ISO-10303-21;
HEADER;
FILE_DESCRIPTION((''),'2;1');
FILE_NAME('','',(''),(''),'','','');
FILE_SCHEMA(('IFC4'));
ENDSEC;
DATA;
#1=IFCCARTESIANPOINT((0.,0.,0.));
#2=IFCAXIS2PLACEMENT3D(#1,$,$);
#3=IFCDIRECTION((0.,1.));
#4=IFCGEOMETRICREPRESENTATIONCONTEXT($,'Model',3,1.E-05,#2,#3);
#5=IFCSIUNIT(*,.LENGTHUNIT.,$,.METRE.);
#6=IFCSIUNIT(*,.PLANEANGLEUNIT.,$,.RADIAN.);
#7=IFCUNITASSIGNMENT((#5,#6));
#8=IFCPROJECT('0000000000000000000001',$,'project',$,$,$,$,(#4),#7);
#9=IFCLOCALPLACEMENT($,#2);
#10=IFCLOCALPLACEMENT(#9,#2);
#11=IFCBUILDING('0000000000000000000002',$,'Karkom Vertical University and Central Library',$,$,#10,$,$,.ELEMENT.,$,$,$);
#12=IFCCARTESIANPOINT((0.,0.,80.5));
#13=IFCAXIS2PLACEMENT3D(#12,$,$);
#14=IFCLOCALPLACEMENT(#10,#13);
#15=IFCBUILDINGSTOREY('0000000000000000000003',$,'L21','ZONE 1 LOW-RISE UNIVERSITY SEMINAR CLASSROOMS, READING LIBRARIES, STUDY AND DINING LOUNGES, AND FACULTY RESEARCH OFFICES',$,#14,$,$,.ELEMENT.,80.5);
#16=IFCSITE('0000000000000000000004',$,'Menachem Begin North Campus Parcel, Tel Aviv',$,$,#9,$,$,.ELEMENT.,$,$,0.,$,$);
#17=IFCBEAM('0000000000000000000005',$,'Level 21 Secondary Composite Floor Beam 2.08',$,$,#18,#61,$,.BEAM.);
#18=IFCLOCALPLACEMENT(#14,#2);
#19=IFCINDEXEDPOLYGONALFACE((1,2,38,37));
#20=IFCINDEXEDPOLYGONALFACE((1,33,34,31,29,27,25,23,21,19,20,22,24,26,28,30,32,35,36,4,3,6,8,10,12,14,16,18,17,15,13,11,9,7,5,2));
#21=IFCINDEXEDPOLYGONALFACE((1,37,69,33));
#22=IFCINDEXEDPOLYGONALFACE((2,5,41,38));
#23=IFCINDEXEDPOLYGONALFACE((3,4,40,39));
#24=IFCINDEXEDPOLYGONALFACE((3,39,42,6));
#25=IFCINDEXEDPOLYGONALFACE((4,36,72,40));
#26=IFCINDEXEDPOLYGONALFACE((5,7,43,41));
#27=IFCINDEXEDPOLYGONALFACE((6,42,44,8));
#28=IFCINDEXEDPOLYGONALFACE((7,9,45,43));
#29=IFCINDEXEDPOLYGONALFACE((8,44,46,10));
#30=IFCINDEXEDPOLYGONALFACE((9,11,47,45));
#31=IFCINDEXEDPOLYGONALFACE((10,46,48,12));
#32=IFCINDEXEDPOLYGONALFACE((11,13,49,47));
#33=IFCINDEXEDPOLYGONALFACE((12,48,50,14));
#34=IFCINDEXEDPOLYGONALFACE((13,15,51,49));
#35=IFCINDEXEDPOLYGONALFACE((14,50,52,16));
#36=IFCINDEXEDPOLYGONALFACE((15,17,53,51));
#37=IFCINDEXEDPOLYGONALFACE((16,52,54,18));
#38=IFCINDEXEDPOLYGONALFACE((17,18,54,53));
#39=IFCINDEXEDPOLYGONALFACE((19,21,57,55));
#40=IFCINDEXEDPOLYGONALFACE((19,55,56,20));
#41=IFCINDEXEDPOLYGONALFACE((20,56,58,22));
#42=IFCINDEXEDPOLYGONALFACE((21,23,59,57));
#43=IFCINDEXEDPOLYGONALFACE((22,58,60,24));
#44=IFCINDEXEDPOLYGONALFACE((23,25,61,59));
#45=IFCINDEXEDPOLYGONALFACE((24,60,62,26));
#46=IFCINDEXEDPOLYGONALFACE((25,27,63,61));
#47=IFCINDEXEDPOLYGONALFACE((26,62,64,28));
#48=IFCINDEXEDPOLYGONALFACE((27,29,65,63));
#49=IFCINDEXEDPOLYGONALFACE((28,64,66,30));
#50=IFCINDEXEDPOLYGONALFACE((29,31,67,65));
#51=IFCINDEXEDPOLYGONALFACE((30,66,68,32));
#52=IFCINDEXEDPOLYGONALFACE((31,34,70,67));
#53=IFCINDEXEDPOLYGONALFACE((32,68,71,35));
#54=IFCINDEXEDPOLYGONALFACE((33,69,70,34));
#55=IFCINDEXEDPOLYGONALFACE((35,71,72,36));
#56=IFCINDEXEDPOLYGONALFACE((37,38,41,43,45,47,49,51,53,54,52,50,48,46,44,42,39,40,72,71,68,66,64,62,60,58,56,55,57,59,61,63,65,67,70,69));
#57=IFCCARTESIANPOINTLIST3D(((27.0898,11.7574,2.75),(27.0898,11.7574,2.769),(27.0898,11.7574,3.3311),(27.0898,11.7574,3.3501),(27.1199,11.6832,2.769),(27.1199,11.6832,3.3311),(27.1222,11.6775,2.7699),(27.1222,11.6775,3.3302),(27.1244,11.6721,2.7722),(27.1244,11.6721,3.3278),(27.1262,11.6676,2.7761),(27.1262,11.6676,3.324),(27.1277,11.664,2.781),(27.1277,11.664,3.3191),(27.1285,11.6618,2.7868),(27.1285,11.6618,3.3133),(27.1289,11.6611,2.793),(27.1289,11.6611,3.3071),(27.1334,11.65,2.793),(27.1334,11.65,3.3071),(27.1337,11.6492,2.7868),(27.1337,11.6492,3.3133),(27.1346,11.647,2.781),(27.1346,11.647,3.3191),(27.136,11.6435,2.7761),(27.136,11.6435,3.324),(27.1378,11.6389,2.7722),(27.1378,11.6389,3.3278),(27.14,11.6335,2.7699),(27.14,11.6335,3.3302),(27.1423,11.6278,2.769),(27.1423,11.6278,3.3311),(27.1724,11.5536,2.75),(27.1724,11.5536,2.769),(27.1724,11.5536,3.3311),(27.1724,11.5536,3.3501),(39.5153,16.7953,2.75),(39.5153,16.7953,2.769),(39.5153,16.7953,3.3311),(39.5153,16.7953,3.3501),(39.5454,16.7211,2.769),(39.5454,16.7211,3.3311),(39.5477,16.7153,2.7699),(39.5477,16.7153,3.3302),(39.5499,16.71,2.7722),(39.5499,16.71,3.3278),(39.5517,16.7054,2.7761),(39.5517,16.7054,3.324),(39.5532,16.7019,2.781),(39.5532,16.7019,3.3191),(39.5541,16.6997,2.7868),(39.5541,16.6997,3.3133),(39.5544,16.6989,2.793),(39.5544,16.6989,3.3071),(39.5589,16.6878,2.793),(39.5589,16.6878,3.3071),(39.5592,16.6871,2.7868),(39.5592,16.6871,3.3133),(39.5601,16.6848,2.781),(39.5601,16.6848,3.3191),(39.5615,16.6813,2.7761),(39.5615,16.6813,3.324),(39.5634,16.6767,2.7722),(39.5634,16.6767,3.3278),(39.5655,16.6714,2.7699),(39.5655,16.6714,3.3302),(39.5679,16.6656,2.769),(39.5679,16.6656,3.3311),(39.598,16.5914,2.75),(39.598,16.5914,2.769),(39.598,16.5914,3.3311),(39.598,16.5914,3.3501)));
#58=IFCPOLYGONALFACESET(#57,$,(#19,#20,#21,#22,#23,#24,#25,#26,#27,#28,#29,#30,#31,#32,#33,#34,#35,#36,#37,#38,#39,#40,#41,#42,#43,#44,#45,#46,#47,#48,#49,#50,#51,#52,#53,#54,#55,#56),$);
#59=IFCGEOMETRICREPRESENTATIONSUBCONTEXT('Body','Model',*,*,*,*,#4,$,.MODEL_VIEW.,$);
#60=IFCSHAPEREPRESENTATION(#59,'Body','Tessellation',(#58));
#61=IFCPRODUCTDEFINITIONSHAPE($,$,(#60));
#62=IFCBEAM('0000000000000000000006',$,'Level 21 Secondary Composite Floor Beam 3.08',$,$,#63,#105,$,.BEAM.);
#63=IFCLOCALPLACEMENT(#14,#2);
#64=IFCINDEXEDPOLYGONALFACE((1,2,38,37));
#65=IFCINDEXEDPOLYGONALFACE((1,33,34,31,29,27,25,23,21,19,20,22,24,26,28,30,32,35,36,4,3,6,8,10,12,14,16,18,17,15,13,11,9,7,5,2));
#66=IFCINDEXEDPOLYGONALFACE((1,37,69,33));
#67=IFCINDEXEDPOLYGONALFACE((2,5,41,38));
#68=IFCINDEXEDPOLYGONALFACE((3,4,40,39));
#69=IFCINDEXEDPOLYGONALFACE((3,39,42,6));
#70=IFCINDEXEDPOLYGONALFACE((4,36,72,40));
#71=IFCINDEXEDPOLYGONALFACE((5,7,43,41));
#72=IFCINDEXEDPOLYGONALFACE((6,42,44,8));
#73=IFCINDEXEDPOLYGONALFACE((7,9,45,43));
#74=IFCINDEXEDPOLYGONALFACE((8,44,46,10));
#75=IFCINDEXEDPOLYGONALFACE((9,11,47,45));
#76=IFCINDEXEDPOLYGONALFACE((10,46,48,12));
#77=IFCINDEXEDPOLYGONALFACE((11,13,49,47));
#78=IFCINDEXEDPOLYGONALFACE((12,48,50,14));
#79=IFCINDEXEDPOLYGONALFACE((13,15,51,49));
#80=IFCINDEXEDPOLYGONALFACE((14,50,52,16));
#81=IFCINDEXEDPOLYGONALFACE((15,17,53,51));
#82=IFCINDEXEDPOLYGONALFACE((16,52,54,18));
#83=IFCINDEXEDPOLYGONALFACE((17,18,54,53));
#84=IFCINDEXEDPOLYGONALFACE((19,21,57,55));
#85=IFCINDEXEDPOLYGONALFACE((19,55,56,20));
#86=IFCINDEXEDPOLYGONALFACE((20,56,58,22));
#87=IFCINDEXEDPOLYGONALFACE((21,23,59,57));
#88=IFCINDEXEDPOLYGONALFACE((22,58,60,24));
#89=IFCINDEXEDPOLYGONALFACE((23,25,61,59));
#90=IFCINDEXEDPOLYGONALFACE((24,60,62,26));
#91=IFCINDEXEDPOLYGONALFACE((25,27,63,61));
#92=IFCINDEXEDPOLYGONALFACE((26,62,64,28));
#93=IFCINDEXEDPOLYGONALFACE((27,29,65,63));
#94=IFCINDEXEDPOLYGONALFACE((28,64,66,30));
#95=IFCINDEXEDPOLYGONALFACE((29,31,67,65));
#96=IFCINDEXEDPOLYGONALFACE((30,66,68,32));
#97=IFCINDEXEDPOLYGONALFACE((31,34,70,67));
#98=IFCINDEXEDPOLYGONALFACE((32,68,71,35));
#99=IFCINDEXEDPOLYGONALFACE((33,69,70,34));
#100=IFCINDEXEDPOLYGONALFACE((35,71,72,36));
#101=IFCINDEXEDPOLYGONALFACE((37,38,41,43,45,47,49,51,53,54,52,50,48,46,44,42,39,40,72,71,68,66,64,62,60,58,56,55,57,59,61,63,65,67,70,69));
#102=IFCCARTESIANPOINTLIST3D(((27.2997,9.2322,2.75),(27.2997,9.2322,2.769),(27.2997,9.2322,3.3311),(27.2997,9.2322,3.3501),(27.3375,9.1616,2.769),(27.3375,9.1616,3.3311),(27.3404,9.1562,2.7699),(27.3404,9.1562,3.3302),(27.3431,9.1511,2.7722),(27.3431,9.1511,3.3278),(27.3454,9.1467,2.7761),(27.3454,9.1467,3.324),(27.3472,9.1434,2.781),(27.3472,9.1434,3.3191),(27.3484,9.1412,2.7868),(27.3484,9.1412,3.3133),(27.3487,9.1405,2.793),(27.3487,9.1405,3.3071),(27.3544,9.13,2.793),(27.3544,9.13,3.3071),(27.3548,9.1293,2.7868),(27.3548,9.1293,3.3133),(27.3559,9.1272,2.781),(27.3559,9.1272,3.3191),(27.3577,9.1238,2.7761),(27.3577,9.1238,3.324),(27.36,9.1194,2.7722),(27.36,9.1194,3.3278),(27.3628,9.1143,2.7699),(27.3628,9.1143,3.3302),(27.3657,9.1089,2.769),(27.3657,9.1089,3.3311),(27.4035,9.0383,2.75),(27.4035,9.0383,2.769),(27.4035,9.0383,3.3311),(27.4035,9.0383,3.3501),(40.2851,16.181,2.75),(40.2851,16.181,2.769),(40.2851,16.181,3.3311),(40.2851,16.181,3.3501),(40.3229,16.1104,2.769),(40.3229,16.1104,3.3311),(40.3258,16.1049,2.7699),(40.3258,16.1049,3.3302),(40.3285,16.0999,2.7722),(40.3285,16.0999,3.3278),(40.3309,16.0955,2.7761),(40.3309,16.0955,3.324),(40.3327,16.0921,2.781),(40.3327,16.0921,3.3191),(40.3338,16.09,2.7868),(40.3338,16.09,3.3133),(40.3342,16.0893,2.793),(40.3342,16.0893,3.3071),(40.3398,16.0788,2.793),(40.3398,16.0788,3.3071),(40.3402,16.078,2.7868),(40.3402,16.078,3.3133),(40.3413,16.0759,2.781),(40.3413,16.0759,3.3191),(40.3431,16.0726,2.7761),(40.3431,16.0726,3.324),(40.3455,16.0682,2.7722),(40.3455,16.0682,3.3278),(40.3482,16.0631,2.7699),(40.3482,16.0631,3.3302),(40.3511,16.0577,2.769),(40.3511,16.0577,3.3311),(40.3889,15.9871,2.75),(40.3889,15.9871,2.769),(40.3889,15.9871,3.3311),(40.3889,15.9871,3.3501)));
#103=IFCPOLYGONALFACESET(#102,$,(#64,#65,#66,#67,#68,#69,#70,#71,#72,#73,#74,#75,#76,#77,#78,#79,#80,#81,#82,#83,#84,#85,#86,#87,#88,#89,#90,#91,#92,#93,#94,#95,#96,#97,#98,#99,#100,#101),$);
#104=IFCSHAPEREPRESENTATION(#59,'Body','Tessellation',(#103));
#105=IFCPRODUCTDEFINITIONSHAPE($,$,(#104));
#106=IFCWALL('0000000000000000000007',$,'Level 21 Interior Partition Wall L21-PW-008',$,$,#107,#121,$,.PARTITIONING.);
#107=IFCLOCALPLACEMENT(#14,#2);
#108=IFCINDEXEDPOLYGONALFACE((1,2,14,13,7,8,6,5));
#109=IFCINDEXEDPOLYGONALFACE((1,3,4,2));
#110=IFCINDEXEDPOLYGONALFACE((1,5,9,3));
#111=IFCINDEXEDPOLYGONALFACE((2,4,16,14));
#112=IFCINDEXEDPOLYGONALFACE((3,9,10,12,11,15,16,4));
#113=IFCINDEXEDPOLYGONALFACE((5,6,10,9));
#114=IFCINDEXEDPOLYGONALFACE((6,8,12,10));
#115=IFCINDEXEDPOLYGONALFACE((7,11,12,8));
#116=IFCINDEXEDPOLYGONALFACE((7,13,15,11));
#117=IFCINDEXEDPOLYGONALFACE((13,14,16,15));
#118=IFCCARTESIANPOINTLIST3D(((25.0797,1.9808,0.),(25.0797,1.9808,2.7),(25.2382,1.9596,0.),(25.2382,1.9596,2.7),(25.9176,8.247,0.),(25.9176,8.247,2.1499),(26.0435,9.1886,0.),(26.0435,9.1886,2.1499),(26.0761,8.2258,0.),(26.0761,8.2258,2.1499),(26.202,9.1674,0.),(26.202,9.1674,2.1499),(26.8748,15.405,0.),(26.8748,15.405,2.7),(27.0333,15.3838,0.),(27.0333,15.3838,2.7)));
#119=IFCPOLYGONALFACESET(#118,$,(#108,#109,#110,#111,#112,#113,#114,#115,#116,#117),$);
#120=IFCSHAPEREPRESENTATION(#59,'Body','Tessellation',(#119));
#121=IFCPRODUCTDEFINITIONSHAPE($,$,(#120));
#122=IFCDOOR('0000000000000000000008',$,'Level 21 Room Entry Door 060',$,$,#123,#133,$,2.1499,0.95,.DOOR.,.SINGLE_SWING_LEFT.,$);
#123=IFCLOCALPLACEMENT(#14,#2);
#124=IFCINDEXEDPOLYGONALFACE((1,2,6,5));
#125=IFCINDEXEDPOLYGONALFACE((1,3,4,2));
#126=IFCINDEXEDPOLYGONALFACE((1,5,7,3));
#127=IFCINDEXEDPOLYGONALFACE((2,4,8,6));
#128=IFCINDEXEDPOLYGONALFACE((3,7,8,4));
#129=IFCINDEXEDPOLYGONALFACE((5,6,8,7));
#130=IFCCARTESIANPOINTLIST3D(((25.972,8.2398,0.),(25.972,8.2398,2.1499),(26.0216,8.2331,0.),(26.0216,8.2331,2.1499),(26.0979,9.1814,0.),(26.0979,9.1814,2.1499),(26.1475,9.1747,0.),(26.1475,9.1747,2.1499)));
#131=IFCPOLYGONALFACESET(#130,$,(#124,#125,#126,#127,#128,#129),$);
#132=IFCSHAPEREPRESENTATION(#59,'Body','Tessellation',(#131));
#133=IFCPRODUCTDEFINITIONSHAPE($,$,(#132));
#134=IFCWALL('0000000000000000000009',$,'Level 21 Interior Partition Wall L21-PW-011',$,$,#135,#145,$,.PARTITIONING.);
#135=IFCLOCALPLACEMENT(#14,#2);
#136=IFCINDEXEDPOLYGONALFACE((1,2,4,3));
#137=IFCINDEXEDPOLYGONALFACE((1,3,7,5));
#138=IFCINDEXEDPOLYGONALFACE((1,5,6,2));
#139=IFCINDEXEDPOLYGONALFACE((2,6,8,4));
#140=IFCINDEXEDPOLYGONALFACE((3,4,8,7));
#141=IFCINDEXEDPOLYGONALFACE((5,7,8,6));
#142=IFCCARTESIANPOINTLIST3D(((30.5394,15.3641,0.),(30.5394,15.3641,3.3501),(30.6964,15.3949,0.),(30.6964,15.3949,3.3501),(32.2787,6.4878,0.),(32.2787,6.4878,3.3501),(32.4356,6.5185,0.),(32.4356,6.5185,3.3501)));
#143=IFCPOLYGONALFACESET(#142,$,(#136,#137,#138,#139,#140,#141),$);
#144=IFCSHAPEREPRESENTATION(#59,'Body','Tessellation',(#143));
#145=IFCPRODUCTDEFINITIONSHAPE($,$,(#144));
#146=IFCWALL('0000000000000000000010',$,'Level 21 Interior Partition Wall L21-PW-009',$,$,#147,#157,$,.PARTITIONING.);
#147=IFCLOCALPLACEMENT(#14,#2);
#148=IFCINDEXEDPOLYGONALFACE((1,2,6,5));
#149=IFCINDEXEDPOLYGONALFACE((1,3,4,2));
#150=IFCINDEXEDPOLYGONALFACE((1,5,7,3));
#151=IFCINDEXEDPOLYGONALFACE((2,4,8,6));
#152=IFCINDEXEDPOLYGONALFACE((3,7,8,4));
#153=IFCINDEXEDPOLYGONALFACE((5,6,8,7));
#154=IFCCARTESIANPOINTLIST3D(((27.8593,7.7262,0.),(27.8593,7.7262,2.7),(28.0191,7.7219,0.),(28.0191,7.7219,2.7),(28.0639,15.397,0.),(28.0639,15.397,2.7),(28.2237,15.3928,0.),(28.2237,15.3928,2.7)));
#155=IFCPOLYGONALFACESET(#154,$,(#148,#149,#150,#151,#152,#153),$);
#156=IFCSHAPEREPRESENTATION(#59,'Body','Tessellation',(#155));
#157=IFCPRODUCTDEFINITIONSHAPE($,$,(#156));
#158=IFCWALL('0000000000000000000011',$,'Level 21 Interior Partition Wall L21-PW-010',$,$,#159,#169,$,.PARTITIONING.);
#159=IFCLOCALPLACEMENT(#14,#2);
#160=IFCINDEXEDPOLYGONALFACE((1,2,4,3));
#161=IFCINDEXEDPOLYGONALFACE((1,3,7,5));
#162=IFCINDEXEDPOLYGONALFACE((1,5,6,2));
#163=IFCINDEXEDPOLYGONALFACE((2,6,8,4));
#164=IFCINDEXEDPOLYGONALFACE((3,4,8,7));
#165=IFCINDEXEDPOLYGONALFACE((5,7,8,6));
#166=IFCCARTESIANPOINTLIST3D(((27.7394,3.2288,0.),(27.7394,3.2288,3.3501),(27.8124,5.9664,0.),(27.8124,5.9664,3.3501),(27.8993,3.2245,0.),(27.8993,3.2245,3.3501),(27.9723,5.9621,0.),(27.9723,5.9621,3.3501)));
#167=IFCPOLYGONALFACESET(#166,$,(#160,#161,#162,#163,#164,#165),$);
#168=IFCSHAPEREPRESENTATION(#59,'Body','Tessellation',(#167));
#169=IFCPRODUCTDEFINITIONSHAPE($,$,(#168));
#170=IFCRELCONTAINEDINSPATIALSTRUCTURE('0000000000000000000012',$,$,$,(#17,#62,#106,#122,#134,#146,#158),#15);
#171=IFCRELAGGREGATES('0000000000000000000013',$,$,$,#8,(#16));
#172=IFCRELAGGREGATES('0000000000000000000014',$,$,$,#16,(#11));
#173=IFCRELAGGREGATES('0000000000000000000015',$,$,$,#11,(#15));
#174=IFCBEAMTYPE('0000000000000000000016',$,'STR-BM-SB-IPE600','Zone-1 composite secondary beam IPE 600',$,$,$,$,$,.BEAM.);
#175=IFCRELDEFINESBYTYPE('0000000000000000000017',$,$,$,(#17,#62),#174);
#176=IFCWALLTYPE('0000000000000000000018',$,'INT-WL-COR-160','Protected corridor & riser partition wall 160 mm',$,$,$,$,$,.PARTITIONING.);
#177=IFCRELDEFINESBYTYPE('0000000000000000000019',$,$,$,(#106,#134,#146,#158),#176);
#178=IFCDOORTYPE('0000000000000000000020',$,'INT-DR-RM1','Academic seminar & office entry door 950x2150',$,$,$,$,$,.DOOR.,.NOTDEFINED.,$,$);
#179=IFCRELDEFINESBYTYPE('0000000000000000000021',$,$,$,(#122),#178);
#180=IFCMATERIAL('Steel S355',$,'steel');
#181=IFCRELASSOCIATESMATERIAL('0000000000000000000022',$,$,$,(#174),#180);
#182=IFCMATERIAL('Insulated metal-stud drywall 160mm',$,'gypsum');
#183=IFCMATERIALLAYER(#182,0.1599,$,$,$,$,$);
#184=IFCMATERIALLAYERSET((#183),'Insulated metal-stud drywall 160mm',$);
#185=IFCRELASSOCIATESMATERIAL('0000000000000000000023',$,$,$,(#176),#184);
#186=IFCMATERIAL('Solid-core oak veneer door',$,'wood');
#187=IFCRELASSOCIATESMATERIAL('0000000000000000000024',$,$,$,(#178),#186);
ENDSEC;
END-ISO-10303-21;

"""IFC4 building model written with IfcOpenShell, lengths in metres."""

from ifc_helpers import new_model, si_unit, direction, frame, frame_2d, origin, origin_with_axes, origin_2d, place, context, subcontext, project, spatial, rectangle, i_section, extrude, source, transform, mapped, material, layer, layer_set, material_profile, profile_set, type_object, element, fill, save


model = new_model("IFC4")

# Units and contexts
model_context = context("Model", 3, precision=1e-05, world=origin(), true_north=direction((0.0, 1.0)))
body_context = subcontext(model_context, "Body", "Model", "MODEL_VIEW")
ifc_project = project(units=[si_unit("LENGTHUNIT", "METRE"), si_unit("PLANEANGLEUNIT", "RADIAN")], contexts=[model_context])

# Site, building, storey
site_placement = place(None, origin())
site = spatial("IfcSite", under=ifc_project, at=site_placement, Name="Menachem Begin North Campus Parcel, Tel Aviv", CompositionType="ELEMENT", RefElevation=0.0)
building_placement = place(site_placement, origin())
building = spatial("IfcBuilding", under=site, at=building_placement, Name="Karkom Vertical University and Central Library", CompositionType="ELEMENT")
storey_placement = place(building_placement, frame((0.0, 0.0, 80.5)))
storey = spatial("IfcBuildingStorey", under=building, at=storey_placement, Name="L21", Description="ZONE 1 LOW-RISE UNIVERSITY SEMINAR CLASSROOMS, READING LIBRARIES, STUDY AND DINING LOUNGES, AND FACULTY RESEARCH OFFICES", CompositionType="ELEMENT", Elevation=80.5)

# Beams
ifc_material_1 = material(Name="Steel S355", Category="steel")
ifc_material_profile_1 = material_profile(ifc_material_1, i_section(OverallWidth=0.22, OverallDepth=0.6001, WebThickness=0.012, FlangeThickness=0.019, FilletRadius=0.0239, at=origin_2d()), Name="IPE 600")
ifc_profile_set_1 = profile_set([ifc_material_profile_1], Name="Steel S355")
beam_type_1 = type_object("IfcBeamType", Name="STR-BM-SB-IPE600", Description="Zone-1 composite secondary beam IPE 600", PredefinedType="BEAM", material=ifc_profile_set_1)
shared_shape_1 = source(origin_with_axes(), body_context, "Body", "SweptSolid", [
    extrude(i_section(OverallWidth=0.22, OverallDepth=0.6001, WebThickness=0.012, FlangeThickness=0.019, FilletRadius=0.0239, at=origin_2d()), origin(), (0.0, 0.0, 1.0), 13.408),
])
beam_1_placement = place(storey_placement, frame((27.1311, 11.6555, 3.05), z_axis=(0.926727, 0.375735, 0.0), x_axis=(-0.375735, 0.926727, 0.0)))
element("IfcBeam", 1, at=beam_1_placement, inside=storey, type_object=beam_type_1, Name="Level 21 Secondary Composite Floor Beam 2.08", PredefinedType="BEAM", context=body_context, shape_type="MappedRepresentation", body=[
    mapped(shared_shape_1, transform((0.0, 0.0, 0.0), scale=1.0)),
])
shared_shape_2 = source(origin_with_axes(), body_context, "Body", "SweptSolid", [
    extrude(i_section(OverallWidth=0.22, OverallDepth=0.6001, WebThickness=0.012, FlangeThickness=0.019, FilletRadius=0.0239, at=origin_2d()), origin(), (0.0, 0.0, 1.0), 14.7278),
])
beam_2_placement = place(storey_placement, frame((27.3516, 9.1353, 3.05), z_axis=(0.881698, 0.471815, 0.0), x_axis=(-0.471815, 0.881698, 0.0)))
element("IfcBeam", 2, at=beam_2_placement, inside=storey, type_object=beam_type_1, Name="Level 21 Secondary Composite Floor Beam 3.08", PredefinedType="BEAM", context=body_context, shape_type="MappedRepresentation", body=[
    mapped(shared_shape_2, transform((0.0, 0.0, 0.0), scale=1.0)),
])

# Wall, opening, door
ifc_material_2 = material(Name="Insulated metal-stud drywall 160mm", Category="gypsum")
ifc_layer = layer(ifc_material_2, 0.1599)
ifc_layer_set = layer_set([ifc_layer], Name="Insulated metal-stud drywall 160mm")
wall_type = type_object("IfcWallType", Name="INT-WL-COR-160", Description="Protected corridor & riser partition wall 160 mm", PredefinedType="PARTITIONING", material=ifc_layer_set)
wall_1_placement = place(storey_placement, frame((26.9541, 15.3945, 0.0), z_axis=(0.0, 0.0, 1.0), x_axis=(-0.132545, -0.991177, 0.0)))
wall_1 = element("IfcWall", 3, at=wall_1_placement, inside=storey, type_object=wall_type, Name="Level 21 Interior Partition Wall L21-PW-008", PredefinedType="PARTITIONING", context=body_context, shape_type="SweptSolid", body=[
    extrude(rectangle(XDim=13.5437, YDim=0.1599, at=frame_2d((6.772, 0.0))), origin(), (0.0, 0.0, 1.0), 2.7),
])
opening_placement = place(wall_1_placement, frame((6.2717, 0.0, 0.0)))
opening = element("IfcOpeningElement", 4, at=opening_placement, cuts=wall_1, PredefinedType="OPENING", context=body_context, shape_type="SweptSolid", body=[
    extrude(rectangle(XDim=0.95, YDim=2.1499, at=frame_2d((0.4751, 1.075))), frame((0.0, 0.0898, 0.0), z_axis=(0.0, -1.0, 0.0), x_axis=(1.0, 0.0, 0.0)), (0.0, 0.0, 1.0), 0.1799),
])
ifc_material_3 = material(Name="Solid-core oak veneer door", Category="wood")
door_type = type_object("IfcDoorType", Name="INT-DR-RM1", Description="Academic seminar & office entry door 950x2150", OperationType="NOTDEFINED", PredefinedType="DOOR", material=ifc_material_3)
shared_shape_3 = source(origin_with_axes(), body_context, "Body", "SweptSolid", [
    extrude(rectangle(XDim=0.95, YDim=2.1499, at=frame_2d((0.4751, 1.075))), frame((0.0, 0.0249, 0.0), z_axis=(0.0, -1.0, 0.0), x_axis=(1.0, 0.0, 0.0)), (0.0, 0.0, 1.0), 0.05),
])
door_placement = place(opening_placement, origin())
door = element("IfcDoor", 5, at=door_placement, inside=storey, type_object=door_type, Name="Level 21 Room Entry Door 060", OperationType="SINGLE_SWING_LEFT", OverallHeight=2.1499, OverallWidth=0.95, PredefinedType="DOOR", context=body_context, shape_type="MappedRepresentation", body=[
    mapped(shared_shape_3, transform((0.0, 0.0, 0.0), scale=1.0)),
])
fill(opening, door)

# Walls
wall_2_placement = place(storey_placement, frame((30.6179, 15.3794, 0.0), z_axis=(0.0, 0.0, 1.0), x_axis=(0.192284, -0.981339, 0.0)))
element("IfcWall", 6, at=wall_2_placement, inside=storey, type_object=wall_type, Name="Level 21 Interior Partition Wall L21-PW-011", PredefinedType="PARTITIONING", context=body_context, shape_type="SweptSolid", body=[
    extrude(rectangle(XDim=9.0452, YDim=0.1599, at=frame_2d((4.5225, 0.0))), origin(), (0.0, 0.0, 1.0), 3.3501),
])
wall_3_placement = place(storey_placement, frame((28.1438, 15.395, 0.0), z_axis=(0.0, 0.0, 1.0), x_axis=(-0.026661, -0.999645, 0.0)))
element("IfcWall", 7, at=wall_3_placement, inside=storey, type_object=wall_type, Name="Level 21 Interior Partition Wall L21-PW-009", PredefinedType="PARTITIONING", context=body_context, shape_type="SweptSolid", body=[
    extrude(rectangle(XDim=7.6736, YDim=0.1599, at=frame_2d((3.8369, 0.0))), origin(), (0.0, 0.0, 1.0), 2.7),
])
wall_4_placement = place(storey_placement, frame((27.8923, 5.9641, 0.0), z_axis=(0.0, 0.0, 1.0), x_axis=(-0.026656, -0.999645, 0.0)))
element("IfcWall", 8, at=wall_4_placement, inside=storey, type_object=wall_type, Name="Level 21 Interior Partition Wall L21-PW-010", PredefinedType="PARTITIONING", context=body_context, shape_type="SweptSolid", body=[
    extrude(rectangle(XDim=2.7385, YDim=0.1599, at=frame_2d((1.3691, 0.0))), origin(), (0.0, 0.0, 1.0), 3.3501),
])

save(model, "model.ifc")
